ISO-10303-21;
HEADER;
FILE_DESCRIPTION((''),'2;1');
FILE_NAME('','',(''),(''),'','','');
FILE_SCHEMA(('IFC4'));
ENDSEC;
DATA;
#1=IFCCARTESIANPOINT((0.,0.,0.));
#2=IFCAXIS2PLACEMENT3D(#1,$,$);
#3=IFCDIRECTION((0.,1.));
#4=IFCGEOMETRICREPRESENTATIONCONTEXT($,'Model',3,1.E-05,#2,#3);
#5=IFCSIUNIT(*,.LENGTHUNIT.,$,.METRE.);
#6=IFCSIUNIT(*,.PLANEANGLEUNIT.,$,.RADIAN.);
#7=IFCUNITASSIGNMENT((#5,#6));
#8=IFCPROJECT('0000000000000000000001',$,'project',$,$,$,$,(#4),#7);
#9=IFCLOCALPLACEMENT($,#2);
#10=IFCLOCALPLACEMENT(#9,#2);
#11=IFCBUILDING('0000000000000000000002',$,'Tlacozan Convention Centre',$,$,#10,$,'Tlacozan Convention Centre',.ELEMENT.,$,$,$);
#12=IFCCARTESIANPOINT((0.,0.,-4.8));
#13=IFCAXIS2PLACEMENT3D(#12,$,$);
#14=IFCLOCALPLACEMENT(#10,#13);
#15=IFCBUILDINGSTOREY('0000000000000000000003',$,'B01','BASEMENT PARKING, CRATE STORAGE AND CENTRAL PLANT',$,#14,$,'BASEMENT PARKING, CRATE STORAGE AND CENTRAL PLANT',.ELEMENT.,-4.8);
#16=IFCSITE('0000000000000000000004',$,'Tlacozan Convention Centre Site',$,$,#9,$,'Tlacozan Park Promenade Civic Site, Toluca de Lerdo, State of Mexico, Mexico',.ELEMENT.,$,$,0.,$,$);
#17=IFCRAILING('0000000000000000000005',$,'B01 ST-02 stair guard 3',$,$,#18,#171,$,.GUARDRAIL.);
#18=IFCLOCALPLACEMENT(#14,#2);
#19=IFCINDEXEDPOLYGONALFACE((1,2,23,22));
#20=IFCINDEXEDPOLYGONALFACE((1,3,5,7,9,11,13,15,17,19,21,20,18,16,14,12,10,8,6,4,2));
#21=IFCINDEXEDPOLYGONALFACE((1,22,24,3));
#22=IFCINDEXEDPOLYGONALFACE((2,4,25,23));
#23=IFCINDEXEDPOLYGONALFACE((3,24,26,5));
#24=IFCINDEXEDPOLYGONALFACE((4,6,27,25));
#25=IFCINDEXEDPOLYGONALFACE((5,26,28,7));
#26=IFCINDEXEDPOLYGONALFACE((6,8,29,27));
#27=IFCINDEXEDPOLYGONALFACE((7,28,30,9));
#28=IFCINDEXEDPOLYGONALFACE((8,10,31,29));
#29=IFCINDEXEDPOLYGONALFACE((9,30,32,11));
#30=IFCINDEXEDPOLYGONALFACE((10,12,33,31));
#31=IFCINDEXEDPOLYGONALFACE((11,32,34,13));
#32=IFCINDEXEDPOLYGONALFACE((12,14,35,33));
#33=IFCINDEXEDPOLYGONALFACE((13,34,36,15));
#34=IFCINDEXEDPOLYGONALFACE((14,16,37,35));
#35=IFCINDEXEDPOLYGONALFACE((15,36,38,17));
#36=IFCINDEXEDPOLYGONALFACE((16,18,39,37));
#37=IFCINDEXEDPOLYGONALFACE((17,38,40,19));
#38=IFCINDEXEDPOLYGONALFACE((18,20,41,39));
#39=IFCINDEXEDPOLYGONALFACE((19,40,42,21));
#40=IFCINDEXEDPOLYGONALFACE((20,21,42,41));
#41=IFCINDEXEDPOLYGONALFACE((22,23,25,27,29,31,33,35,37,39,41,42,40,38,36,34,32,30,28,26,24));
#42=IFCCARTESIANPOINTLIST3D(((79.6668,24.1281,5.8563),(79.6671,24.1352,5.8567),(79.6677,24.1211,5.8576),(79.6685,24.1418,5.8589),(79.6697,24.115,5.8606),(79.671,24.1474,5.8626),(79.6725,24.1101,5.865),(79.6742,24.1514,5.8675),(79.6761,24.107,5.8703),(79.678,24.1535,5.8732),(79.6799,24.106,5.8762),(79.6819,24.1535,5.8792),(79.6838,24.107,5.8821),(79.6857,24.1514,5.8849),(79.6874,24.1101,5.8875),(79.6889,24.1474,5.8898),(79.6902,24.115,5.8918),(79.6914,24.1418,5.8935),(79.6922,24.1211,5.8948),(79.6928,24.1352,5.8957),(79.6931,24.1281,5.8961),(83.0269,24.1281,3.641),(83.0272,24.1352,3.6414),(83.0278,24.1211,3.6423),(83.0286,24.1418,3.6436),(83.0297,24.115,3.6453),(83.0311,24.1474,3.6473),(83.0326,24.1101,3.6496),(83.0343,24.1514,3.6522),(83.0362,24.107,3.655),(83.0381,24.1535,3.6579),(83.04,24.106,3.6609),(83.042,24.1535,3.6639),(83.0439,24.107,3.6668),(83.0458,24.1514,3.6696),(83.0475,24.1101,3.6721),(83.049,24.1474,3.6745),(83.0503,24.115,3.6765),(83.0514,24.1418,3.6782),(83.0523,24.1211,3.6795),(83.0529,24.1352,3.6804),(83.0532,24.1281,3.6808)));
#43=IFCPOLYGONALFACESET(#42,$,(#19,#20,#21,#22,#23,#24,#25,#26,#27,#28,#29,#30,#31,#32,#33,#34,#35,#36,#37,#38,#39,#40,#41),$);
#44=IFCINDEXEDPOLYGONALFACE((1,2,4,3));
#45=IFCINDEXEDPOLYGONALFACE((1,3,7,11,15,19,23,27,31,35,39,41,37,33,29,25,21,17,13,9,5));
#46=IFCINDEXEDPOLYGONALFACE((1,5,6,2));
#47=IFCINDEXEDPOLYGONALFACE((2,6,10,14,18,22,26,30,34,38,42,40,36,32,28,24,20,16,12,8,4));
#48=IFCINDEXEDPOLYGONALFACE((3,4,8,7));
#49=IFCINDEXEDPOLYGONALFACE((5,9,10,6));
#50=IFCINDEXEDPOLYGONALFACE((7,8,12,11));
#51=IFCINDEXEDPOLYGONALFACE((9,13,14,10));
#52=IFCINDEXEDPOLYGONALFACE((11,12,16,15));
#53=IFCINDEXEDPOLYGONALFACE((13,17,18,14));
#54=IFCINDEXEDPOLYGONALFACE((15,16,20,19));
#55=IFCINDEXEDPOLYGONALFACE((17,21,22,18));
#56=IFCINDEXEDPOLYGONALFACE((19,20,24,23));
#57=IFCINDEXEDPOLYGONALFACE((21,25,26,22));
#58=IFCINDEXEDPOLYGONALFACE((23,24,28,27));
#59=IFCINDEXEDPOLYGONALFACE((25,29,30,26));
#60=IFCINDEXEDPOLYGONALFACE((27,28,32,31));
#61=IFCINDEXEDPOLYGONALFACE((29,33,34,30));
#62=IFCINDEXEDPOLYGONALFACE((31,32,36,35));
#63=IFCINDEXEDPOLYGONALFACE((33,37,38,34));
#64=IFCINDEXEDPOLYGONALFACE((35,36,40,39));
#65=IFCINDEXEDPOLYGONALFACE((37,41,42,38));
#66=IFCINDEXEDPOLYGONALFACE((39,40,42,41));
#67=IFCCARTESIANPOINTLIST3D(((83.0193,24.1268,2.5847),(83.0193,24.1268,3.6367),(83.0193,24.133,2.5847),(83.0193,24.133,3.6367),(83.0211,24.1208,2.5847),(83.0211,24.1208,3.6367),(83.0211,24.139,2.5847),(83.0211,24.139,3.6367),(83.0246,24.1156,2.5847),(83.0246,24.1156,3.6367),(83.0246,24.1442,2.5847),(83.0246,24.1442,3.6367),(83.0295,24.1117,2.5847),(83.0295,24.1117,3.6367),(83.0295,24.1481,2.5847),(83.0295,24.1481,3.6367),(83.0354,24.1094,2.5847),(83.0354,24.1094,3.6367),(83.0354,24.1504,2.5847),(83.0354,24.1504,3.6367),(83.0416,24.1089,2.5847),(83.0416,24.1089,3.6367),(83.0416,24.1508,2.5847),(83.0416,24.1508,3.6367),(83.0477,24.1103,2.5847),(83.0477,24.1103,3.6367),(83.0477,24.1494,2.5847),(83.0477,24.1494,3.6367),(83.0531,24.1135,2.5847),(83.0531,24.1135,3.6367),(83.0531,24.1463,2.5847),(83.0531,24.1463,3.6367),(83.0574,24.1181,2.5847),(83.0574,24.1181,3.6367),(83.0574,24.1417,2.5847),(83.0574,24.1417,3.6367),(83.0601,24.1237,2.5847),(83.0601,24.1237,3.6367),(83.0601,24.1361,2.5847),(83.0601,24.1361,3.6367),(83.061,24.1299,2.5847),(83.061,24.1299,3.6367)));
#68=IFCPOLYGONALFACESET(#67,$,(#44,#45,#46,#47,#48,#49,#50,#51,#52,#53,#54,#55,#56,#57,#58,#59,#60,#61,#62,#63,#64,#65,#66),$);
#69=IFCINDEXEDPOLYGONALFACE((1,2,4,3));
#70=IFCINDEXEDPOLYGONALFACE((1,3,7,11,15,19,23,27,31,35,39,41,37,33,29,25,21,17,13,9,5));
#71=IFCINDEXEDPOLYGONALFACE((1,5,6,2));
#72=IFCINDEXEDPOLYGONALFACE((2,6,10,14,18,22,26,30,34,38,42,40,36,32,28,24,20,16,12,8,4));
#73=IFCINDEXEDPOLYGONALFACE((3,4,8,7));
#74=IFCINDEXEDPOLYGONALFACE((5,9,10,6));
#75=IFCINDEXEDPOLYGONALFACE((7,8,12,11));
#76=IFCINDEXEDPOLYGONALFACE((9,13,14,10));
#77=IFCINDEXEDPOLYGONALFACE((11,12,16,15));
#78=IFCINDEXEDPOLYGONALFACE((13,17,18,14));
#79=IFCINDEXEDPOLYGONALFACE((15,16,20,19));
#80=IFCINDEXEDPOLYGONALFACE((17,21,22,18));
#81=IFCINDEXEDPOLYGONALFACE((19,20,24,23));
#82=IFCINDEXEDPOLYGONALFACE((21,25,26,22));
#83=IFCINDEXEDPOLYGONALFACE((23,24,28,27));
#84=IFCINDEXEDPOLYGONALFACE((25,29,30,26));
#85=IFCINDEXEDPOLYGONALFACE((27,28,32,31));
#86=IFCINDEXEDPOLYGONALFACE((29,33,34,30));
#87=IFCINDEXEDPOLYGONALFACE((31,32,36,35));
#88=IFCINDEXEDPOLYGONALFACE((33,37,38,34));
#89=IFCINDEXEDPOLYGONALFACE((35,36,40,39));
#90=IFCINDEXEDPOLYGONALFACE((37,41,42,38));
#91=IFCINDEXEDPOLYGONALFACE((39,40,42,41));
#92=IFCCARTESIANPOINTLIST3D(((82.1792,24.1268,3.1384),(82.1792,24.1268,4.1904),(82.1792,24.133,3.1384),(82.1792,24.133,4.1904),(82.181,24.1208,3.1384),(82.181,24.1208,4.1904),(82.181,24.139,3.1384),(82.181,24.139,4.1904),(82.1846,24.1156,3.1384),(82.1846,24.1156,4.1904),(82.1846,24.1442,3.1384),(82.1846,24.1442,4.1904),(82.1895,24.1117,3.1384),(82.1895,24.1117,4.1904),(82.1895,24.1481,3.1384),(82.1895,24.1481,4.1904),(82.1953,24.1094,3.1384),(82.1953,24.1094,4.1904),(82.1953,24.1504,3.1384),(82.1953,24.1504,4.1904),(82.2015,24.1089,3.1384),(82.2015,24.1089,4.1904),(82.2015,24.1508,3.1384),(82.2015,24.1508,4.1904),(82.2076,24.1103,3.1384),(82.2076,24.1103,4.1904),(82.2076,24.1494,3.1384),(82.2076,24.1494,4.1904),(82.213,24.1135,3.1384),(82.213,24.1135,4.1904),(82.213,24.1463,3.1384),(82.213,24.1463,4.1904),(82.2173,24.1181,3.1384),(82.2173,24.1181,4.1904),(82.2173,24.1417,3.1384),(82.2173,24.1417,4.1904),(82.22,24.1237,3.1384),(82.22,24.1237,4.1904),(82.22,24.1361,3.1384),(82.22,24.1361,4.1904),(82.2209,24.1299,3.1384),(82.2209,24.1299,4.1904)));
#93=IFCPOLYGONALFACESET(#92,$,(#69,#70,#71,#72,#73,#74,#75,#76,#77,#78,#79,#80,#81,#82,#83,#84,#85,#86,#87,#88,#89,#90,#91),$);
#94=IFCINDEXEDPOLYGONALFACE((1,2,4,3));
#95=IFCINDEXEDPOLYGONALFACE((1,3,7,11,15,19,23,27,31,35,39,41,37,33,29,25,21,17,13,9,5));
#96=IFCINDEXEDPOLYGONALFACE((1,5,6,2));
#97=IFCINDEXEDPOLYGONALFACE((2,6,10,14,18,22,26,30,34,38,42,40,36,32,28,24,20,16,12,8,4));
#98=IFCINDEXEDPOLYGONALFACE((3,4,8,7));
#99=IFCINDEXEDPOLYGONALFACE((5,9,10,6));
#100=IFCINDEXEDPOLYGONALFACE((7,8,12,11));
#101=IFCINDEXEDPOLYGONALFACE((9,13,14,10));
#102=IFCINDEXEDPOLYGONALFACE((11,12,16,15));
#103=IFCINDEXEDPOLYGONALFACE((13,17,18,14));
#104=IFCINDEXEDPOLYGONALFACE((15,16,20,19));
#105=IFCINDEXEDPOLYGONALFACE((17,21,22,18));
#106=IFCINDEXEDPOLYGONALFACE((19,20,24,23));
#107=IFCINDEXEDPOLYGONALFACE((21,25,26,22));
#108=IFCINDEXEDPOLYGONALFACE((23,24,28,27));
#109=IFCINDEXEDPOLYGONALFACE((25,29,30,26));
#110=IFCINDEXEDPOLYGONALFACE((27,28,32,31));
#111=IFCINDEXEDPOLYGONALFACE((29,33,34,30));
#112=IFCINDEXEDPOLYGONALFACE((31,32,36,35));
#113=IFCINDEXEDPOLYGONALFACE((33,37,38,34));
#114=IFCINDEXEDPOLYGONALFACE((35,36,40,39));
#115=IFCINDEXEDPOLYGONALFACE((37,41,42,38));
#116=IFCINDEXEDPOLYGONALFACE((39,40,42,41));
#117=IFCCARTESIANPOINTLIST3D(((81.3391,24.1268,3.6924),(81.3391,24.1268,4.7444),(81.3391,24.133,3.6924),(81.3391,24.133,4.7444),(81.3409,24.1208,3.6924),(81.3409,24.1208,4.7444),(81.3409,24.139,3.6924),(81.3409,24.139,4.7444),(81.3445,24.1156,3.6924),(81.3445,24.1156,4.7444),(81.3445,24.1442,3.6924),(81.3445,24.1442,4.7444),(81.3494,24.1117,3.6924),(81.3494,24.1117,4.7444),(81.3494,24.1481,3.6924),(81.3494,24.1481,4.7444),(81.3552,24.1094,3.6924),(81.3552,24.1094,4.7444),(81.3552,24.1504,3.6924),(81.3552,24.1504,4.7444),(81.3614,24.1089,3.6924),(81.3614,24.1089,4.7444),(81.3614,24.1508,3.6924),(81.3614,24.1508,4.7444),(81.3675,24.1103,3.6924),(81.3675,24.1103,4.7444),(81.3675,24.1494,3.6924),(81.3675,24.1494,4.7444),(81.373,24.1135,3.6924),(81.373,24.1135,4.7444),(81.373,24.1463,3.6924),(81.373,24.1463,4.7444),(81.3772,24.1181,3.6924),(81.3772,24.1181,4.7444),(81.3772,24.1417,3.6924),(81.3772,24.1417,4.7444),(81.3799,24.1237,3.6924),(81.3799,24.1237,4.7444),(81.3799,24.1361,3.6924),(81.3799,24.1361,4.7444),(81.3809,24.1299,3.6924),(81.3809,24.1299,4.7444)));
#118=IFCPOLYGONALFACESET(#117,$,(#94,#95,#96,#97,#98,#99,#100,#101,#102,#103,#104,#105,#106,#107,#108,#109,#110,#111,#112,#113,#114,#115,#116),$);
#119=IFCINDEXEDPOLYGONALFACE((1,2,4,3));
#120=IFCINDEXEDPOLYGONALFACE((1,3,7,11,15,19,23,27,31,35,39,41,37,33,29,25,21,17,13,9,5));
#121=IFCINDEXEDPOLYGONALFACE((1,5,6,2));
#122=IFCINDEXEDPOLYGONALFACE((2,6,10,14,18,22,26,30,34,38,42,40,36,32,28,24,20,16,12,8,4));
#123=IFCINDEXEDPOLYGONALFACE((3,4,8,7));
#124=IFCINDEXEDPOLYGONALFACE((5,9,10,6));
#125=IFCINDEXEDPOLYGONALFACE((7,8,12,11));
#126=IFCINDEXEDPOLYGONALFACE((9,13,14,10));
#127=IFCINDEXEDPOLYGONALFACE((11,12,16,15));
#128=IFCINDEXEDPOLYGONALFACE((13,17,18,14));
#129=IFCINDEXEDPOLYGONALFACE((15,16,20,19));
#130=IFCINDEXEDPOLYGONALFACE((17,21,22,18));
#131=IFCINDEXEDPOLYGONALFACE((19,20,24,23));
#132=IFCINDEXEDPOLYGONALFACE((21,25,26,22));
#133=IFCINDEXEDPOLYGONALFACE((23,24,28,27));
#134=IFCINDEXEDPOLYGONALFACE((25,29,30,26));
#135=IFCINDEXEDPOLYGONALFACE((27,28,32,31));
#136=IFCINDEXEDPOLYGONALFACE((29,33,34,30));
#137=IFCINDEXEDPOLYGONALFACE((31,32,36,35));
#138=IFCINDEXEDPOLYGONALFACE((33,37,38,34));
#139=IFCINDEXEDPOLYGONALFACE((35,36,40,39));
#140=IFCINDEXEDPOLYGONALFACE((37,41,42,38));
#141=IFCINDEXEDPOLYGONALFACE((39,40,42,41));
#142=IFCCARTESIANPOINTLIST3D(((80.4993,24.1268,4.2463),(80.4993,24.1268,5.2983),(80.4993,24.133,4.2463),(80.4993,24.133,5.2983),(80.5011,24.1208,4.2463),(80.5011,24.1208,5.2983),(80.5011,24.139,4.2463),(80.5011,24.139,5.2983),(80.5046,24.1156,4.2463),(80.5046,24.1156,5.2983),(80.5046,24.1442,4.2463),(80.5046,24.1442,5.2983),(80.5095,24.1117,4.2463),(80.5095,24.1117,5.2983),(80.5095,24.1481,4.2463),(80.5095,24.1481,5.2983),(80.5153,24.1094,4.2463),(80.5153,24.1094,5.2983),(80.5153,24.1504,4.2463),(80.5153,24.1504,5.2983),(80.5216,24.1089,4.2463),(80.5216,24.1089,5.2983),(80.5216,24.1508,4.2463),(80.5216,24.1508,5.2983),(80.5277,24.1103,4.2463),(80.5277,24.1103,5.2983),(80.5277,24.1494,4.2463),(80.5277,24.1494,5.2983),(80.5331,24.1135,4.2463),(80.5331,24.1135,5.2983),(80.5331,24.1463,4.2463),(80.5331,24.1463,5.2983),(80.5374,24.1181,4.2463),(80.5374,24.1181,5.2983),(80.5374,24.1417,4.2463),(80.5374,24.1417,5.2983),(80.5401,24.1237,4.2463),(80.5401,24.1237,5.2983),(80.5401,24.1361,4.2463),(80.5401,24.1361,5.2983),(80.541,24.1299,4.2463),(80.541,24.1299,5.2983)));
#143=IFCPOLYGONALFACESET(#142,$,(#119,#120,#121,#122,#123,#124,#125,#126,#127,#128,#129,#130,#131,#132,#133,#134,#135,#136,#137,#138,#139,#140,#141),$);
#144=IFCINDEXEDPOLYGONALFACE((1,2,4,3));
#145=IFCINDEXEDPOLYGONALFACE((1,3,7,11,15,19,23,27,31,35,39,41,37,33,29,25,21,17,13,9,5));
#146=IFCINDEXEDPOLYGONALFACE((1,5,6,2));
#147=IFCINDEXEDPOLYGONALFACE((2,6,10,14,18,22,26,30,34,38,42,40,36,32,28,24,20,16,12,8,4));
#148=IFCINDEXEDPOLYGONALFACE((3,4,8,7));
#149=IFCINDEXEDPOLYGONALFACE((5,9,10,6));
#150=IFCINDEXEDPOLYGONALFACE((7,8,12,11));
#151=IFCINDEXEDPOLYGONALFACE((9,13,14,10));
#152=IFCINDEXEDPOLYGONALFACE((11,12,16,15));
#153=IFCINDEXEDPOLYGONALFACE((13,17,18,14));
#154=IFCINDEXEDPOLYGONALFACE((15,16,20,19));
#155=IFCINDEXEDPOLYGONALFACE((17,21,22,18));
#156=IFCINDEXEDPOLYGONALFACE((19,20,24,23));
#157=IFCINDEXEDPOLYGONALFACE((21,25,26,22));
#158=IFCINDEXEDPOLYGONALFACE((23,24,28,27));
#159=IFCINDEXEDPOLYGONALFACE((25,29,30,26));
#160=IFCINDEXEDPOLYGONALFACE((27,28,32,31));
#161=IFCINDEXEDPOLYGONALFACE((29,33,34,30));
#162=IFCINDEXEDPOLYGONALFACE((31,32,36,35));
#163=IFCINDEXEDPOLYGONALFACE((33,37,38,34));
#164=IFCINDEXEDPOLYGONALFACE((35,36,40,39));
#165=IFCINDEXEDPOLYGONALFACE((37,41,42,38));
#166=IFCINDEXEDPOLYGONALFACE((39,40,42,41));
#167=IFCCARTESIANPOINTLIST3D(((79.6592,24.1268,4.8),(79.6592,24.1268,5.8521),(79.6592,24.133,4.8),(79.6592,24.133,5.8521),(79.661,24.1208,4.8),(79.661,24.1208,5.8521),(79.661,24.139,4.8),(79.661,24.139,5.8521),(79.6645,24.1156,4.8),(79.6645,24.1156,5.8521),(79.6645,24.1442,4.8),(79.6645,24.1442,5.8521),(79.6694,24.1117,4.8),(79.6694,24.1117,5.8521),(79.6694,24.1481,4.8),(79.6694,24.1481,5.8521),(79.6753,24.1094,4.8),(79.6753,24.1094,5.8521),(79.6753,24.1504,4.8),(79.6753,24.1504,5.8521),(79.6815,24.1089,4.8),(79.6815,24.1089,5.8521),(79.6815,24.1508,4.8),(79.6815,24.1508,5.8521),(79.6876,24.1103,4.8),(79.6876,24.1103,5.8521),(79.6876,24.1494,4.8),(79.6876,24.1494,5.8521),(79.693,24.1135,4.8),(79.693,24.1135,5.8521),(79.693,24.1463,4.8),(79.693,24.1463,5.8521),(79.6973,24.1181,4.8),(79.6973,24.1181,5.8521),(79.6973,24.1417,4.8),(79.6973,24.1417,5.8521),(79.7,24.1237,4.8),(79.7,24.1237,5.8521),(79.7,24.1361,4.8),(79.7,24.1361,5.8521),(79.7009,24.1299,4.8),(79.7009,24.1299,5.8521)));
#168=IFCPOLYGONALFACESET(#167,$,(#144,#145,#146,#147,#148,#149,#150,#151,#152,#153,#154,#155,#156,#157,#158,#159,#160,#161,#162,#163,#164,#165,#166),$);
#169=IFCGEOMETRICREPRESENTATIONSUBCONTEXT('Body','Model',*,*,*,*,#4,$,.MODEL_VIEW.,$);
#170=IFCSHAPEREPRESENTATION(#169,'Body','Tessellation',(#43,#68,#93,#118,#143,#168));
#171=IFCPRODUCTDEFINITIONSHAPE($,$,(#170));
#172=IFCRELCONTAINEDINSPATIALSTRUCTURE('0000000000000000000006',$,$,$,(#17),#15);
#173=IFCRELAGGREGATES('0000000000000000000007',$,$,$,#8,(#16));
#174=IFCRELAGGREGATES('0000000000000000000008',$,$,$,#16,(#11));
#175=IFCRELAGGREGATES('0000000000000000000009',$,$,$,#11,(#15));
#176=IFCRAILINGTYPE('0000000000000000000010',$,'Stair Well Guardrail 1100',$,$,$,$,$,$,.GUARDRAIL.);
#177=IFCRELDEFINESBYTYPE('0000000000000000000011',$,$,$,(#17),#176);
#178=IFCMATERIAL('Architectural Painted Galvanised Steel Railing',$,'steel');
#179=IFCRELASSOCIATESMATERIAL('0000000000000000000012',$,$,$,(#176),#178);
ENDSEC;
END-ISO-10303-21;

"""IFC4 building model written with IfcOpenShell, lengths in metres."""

from ifc_helpers import new_model, si_unit, direction, frame, origin, origin_2d, place, context, subcontext, project, spatial, circle, extrude, material, type_object, element, save


model = new_model("IFC4")

# Units and contexts
model_context = context("Model", 3, precision=1e-05, world=origin(), true_north=direction((0.0, 1.0)))
body_context = subcontext(model_context, "Body", "Model", "MODEL_VIEW")
ifc_project = project(units=[si_unit("LENGTHUNIT", "METRE"), si_unit("PLANEANGLEUNIT", "RADIAN")], contexts=[model_context])

# Site, building, storey
site_placement = place(None, origin())
site = spatial("IfcSite", under=ifc_project, at=site_placement, Name="Tlacozan Convention Centre Site", LongName="Tlacozan Park Promenade Civic Site, Toluca de Lerdo, State of Mexico, Mexico", CompositionType="ELEMENT", RefElevation=0.0)
building_placement = place(site_placement, origin())
building = spatial("IfcBuilding", under=site, at=building_placement, Name="Tlacozan Convention Centre", LongName="Tlacozan Convention Centre", CompositionType="ELEMENT")
storey_placement = place(building_placement, frame((0.0, 0.0, -4.8)))
storey = spatial("IfcBuildingStorey", under=building, at=storey_placement, Name="B01", Description="BASEMENT PARKING, CRATE STORAGE AND CENTRAL PLANT", LongName="BASEMENT PARKING, CRATE STORAGE AND CENTRAL PLANT", CompositionType="ELEMENT", Elevation=-4.8)

# Railing
ifc_material_1 = material(Name="Architectural Painted Galvanised Steel Railing", Category="steel")
railing_type_1 = type_object("IfcRailingType", Name="Stair Well Guardrail 1100", PredefinedType="GUARDRAIL", material=ifc_material_1)
railing_1_placement = place(storey_placement, frame((83.04, 24.1299, 2.5847)))
element("IfcRailing", 1, at=railing_1_placement, inside=storey, type_object=railing_type_1, Name="B01 ST-02 stair guard 3", PredefinedType="GUARDRAIL", context=body_context, shape_type="SweptSolid", body=[
    extrude(circle(Radius=0.0239, at=origin_2d()), frame((0.0, 0.0, 1.0762), z_axis=(-0.834876, 0.0, 0.550437), x_axis=(0.0, -1.0, 0.0)), (0.0, 0.0, 1.0), 4.0247),
    extrude(circle(Radius=0.021, at=origin_2d()), origin(), (0.0, 0.0, 1.0), 1.052),
    extrude(circle(Radius=0.021, at=origin_2d()), frame((-0.8401, 0.0, 0.5537)), (0.0, 0.0, 1.0), 1.052),
    extrude(circle(Radius=0.021, at=origin_2d()), frame((-1.6802, 0.0, 1.1077)), (0.0, 0.0, 1.0), 1.052),
    extrude(circle(Radius=0.021, at=origin_2d()), frame((-2.52, 0.0, 1.6616)), (0.0, 0.0, 1.0), 1.052),
    extrude(circle(Radius=0.021, at=origin_2d()), frame((-3.3601, 0.0, 2.2153)), (0.0, 0.0, 1.0), 1.052),
])

save(model, "model.ifc")
